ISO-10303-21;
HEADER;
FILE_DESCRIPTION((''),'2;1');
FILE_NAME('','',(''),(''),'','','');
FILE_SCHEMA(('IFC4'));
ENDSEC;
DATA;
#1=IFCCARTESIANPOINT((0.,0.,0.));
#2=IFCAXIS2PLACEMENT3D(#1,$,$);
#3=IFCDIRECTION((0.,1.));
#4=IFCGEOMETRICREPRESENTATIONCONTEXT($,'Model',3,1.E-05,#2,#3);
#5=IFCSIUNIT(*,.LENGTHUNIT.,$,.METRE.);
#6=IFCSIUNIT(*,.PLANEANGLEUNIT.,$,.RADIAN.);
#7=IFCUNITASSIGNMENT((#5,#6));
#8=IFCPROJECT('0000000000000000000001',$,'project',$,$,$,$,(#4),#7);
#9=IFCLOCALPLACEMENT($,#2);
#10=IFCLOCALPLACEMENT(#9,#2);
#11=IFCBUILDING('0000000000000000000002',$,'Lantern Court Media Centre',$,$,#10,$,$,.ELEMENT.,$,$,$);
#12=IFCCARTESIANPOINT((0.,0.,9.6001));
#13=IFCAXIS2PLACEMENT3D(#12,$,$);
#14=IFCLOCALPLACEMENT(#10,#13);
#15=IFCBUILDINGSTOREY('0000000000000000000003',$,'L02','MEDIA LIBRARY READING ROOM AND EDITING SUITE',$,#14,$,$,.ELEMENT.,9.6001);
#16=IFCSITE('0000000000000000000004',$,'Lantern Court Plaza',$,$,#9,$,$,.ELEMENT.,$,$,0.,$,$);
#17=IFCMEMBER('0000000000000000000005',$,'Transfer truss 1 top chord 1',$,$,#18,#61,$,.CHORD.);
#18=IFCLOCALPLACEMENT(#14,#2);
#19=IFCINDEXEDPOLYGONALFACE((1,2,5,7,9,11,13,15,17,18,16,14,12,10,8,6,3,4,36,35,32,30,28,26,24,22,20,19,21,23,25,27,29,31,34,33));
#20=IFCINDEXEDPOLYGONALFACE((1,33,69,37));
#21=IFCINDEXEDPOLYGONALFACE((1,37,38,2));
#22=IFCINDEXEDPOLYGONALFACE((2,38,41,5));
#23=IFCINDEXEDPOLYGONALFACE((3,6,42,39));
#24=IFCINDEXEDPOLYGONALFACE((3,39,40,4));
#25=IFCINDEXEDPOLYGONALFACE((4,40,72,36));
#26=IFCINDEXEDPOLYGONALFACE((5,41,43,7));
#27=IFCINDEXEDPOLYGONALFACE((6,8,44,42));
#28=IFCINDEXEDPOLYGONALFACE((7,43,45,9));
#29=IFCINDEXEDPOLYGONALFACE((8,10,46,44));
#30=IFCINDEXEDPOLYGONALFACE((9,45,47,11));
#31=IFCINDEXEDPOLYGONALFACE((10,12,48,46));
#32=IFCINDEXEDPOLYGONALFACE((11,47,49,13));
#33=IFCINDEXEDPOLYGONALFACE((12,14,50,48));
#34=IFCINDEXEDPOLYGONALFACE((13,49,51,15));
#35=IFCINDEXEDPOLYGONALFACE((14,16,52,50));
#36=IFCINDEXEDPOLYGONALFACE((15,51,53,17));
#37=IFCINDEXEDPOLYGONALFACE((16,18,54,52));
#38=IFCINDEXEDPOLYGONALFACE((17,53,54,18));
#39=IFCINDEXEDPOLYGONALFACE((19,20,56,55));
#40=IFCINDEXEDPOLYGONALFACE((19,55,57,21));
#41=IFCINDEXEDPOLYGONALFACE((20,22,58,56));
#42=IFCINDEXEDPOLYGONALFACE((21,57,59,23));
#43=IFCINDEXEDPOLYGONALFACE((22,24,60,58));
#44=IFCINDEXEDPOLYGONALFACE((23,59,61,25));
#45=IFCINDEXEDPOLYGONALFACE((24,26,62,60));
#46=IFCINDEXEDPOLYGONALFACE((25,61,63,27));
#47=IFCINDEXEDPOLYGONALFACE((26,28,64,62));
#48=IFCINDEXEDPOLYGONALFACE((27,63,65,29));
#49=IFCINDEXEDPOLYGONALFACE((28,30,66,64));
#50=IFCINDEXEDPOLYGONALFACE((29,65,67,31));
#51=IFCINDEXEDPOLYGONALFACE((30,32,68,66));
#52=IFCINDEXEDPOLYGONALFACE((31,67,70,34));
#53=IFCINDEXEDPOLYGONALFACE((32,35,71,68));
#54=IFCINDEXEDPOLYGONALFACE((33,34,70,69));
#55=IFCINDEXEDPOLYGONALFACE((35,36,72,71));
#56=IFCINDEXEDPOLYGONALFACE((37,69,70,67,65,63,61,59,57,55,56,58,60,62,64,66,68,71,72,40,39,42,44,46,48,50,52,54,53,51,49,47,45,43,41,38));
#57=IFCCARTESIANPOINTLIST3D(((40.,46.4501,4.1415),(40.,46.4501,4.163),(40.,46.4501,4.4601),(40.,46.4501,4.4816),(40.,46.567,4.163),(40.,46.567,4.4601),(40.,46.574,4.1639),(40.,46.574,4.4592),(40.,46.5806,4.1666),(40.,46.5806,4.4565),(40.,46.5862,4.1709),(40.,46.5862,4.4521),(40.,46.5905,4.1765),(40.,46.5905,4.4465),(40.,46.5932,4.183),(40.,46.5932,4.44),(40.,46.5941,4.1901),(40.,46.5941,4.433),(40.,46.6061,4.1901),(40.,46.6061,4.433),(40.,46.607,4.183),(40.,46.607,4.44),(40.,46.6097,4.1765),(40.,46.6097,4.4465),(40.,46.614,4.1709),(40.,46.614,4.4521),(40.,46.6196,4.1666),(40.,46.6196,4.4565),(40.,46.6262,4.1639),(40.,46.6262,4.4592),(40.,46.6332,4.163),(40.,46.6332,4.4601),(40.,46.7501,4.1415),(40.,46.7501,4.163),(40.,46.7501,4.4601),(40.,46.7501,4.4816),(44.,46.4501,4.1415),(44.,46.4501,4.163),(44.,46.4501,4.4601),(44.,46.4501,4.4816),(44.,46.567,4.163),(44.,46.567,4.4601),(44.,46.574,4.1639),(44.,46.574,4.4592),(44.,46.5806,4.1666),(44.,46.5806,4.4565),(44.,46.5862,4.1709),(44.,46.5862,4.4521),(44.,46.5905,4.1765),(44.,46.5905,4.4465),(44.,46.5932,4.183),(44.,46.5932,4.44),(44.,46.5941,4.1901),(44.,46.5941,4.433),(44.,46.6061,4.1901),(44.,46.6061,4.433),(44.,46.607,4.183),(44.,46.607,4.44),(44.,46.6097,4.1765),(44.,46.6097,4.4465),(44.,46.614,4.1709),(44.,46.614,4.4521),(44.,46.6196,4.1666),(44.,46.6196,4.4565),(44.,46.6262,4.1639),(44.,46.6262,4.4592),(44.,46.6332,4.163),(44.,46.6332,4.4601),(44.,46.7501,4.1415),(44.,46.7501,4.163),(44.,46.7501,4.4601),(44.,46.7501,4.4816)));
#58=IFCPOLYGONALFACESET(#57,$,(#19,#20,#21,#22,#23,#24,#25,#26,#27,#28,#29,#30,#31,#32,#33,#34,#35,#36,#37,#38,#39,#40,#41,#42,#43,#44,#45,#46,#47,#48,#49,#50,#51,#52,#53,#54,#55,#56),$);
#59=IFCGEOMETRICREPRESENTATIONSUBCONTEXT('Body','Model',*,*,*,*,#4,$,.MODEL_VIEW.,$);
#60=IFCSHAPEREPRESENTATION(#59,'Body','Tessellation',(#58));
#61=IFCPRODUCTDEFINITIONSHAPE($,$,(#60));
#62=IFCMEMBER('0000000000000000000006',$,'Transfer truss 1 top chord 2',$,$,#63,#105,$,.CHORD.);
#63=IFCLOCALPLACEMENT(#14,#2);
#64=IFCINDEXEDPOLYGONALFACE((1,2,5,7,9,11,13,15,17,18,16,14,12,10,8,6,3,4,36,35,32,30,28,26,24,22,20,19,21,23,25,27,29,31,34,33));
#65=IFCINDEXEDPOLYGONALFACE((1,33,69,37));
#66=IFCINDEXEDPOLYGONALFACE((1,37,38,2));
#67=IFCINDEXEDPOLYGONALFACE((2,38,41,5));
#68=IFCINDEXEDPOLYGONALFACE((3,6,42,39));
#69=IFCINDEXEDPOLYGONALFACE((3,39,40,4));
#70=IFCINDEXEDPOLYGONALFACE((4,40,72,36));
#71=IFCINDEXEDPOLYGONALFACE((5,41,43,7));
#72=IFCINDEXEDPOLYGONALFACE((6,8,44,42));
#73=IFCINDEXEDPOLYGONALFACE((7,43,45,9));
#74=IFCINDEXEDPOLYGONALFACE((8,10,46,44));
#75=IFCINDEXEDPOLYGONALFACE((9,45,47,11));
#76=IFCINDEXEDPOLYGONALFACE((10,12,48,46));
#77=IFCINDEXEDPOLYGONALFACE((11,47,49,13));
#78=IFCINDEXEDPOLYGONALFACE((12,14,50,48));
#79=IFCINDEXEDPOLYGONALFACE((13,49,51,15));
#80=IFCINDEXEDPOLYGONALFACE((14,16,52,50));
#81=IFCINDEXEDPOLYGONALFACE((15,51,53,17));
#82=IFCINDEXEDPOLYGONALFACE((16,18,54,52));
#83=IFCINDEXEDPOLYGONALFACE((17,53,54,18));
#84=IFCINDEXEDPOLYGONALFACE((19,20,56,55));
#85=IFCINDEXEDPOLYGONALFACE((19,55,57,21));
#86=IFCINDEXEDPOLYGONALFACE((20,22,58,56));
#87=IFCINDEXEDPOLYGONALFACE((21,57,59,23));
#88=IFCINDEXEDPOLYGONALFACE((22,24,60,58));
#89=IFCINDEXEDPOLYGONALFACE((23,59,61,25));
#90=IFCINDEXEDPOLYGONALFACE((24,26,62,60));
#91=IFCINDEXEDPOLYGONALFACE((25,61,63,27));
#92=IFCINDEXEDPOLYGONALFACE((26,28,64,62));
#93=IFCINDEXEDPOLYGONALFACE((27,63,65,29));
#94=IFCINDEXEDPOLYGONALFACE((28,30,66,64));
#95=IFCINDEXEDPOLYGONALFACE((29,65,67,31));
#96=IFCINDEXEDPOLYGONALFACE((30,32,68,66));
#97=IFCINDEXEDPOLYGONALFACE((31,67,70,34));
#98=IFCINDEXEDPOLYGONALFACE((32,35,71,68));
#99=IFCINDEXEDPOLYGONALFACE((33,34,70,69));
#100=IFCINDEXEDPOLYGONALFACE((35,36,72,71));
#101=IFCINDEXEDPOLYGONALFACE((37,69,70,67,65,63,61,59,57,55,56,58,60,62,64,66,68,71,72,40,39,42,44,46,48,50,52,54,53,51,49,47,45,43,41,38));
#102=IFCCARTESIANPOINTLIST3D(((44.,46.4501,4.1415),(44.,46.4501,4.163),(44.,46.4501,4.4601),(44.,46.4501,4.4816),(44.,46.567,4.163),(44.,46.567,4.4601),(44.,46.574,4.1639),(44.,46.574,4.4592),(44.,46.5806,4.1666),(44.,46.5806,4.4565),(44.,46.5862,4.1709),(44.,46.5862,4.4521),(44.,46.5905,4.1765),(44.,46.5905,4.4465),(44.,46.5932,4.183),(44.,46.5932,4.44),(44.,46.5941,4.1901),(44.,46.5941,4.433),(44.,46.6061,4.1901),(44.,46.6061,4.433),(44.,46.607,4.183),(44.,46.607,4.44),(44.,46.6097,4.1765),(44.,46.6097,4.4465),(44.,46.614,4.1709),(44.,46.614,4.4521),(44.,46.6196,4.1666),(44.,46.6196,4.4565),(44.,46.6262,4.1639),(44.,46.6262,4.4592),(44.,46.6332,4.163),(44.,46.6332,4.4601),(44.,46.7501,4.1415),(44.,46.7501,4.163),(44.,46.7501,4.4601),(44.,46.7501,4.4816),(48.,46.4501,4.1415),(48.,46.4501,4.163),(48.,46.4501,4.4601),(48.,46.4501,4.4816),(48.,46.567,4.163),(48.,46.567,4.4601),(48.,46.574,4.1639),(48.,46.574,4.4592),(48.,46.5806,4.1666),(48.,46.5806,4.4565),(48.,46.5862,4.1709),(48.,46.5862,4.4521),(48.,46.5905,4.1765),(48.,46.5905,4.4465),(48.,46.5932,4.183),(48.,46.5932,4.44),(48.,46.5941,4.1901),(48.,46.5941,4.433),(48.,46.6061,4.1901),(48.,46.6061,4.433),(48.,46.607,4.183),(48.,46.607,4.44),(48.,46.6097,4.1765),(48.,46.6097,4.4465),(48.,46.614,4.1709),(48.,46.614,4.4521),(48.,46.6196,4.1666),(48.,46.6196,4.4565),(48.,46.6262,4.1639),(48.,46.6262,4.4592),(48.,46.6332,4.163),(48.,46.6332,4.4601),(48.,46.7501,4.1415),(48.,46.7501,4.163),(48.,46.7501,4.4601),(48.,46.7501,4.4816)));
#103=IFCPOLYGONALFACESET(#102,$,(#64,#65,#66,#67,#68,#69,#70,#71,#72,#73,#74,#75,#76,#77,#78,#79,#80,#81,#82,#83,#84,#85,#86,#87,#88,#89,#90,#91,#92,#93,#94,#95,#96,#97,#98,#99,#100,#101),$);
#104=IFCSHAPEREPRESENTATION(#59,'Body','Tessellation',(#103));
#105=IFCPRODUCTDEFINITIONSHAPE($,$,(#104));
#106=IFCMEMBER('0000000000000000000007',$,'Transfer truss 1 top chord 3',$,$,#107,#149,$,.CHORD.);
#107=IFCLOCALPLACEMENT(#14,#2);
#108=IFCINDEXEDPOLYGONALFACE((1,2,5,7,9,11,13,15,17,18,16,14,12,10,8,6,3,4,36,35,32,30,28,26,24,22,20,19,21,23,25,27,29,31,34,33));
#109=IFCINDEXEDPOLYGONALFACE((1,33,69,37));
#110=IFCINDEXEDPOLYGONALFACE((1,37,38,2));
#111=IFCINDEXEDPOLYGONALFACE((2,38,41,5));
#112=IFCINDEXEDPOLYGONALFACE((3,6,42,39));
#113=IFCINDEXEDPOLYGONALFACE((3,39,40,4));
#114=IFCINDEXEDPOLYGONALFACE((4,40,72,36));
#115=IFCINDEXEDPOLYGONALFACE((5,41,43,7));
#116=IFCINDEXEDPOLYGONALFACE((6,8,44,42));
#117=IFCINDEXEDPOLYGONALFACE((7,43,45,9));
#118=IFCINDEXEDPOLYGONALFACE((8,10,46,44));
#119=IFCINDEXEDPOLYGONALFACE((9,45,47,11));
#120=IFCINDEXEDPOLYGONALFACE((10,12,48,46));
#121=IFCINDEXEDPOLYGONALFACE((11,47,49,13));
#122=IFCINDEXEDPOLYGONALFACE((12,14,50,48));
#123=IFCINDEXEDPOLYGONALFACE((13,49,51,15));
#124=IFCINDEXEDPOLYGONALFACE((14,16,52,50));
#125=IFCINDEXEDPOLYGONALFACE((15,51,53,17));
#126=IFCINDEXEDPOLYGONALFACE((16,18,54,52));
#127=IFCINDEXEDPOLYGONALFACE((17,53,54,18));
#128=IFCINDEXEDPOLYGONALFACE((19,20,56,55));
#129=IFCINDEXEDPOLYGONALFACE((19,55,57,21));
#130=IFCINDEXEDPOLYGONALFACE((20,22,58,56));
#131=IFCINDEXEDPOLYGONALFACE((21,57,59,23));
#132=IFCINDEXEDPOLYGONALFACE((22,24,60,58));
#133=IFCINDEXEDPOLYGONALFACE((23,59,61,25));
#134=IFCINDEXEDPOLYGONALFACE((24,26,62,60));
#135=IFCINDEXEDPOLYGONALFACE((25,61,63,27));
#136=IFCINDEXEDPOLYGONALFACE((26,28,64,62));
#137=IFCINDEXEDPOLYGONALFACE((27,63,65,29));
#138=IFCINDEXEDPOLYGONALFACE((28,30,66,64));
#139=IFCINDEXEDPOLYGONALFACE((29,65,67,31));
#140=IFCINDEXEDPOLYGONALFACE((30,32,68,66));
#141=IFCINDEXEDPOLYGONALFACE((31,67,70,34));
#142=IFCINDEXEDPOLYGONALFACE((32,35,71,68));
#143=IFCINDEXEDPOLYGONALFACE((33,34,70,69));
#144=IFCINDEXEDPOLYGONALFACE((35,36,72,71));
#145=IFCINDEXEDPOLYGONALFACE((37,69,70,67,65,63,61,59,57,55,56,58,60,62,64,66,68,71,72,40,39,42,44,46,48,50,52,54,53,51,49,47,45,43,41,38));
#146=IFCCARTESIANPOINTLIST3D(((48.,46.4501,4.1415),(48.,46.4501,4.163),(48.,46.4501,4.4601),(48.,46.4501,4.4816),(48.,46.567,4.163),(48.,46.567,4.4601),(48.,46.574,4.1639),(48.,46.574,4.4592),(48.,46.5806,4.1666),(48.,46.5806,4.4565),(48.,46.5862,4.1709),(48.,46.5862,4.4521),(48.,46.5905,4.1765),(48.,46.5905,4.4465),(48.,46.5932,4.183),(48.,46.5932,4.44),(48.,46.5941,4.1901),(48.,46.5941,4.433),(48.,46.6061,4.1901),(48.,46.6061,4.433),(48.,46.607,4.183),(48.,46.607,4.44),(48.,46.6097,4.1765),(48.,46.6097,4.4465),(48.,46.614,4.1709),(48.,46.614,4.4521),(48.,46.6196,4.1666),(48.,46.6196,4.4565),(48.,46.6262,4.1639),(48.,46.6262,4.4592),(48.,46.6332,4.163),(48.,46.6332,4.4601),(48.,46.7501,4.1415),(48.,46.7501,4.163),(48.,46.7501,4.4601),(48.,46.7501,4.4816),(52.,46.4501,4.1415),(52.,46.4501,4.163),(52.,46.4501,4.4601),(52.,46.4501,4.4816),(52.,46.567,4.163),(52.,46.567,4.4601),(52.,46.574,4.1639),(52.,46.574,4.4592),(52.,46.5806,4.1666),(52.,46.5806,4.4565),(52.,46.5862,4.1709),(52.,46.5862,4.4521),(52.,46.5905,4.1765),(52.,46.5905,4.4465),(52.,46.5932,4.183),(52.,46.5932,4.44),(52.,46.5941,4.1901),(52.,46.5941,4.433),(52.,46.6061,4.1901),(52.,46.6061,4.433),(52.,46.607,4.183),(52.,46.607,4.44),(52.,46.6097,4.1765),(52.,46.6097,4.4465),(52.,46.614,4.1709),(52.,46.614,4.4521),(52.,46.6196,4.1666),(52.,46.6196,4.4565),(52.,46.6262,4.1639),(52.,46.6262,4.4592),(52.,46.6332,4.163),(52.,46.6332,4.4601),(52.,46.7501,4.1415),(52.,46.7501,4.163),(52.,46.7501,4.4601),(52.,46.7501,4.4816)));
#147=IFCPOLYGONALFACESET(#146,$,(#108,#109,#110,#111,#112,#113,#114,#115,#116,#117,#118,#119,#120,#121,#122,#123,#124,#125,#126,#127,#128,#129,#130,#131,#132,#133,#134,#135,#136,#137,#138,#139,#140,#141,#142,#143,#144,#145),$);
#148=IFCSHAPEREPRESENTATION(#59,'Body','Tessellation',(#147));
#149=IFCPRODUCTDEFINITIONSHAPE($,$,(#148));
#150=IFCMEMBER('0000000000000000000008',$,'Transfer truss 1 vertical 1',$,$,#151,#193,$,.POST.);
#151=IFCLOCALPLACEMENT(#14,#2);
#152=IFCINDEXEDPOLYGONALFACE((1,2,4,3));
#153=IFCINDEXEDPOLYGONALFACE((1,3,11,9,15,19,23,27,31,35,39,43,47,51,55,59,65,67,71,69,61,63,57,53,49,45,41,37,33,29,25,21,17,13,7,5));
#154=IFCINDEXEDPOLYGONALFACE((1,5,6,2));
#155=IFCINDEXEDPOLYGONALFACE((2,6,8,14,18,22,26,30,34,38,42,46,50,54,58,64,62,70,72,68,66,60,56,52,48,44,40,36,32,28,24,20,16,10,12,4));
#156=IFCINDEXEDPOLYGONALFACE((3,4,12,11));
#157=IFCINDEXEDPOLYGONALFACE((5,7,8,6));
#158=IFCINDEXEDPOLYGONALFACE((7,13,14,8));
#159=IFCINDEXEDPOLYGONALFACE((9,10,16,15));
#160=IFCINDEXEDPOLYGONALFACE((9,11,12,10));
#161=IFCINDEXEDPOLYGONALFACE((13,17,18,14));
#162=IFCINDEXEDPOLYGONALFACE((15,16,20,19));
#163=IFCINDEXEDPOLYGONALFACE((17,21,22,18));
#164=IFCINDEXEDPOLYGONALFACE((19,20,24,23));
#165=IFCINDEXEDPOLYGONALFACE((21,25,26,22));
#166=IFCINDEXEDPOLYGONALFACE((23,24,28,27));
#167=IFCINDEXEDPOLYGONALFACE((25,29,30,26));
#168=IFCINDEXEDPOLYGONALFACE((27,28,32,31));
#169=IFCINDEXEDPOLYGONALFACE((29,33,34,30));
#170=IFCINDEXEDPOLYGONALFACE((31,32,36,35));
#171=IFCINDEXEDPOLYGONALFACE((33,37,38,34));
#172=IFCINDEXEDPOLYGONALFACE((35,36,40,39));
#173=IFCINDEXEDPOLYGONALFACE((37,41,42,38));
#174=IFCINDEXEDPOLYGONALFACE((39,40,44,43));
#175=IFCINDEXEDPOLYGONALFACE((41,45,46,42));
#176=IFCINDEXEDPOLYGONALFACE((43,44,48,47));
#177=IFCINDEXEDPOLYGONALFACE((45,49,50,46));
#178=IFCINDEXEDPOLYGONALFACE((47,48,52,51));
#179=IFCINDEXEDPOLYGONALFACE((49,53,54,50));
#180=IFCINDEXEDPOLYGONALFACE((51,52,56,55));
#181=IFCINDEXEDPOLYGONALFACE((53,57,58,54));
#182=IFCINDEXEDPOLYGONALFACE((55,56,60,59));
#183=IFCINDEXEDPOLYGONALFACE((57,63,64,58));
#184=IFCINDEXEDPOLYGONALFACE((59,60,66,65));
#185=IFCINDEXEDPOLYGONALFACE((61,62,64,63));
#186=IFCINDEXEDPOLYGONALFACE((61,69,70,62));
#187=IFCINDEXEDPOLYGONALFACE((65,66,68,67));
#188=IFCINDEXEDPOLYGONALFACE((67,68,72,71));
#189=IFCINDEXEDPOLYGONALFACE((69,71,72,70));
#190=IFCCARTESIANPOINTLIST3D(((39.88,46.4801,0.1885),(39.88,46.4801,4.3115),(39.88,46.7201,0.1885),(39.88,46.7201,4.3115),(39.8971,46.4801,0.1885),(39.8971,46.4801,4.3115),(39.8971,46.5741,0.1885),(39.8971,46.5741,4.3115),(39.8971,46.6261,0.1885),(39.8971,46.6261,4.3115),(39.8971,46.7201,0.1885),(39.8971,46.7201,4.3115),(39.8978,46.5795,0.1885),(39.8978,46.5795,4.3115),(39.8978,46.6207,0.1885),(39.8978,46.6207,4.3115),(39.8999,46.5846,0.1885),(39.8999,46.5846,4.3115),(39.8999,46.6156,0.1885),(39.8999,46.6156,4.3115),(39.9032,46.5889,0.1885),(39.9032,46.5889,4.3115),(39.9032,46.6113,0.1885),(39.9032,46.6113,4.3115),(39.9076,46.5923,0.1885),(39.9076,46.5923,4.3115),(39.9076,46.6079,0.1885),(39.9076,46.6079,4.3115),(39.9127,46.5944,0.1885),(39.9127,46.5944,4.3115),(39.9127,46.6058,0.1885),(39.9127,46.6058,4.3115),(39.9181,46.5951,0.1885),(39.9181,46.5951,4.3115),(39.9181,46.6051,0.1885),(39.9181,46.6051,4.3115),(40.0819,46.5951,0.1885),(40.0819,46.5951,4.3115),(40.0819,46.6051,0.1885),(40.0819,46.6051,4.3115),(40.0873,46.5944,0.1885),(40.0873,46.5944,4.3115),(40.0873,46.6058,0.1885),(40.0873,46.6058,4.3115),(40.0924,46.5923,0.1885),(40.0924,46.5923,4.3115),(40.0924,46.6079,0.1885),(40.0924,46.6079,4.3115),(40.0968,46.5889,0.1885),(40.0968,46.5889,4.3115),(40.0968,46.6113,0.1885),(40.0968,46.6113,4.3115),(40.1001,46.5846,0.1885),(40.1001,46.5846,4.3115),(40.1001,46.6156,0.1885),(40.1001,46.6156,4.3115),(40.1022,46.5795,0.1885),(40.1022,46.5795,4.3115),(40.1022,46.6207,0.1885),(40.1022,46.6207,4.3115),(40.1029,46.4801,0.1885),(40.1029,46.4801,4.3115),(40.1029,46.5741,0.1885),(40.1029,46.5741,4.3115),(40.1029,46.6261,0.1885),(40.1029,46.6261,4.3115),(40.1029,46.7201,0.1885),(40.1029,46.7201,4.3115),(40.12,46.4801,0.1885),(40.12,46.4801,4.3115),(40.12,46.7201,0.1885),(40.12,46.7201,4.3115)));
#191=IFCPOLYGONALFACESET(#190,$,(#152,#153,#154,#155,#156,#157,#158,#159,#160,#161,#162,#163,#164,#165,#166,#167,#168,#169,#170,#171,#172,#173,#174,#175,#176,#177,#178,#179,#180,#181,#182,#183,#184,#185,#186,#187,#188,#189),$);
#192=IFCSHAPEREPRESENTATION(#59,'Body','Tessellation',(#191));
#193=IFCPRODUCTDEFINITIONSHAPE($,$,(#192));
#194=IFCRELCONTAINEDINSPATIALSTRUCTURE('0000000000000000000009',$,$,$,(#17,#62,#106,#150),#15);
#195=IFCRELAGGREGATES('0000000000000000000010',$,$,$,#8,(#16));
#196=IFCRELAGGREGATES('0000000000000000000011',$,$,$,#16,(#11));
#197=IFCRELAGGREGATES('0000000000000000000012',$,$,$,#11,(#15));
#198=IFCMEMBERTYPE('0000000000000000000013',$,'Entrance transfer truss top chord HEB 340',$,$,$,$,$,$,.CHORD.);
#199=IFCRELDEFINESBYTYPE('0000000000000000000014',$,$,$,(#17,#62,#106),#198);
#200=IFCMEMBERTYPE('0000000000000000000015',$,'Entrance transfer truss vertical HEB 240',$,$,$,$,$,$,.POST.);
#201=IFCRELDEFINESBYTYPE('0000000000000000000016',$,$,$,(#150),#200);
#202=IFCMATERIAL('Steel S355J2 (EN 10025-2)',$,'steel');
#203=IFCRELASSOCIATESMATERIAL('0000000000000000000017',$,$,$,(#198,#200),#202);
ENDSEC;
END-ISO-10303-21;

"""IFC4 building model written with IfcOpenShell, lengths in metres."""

from ifc_helpers import new_model, si_unit, direction, frame, origin, origin_2d, place, context, subcontext, project, spatial, i_section, extrude, material, material_profile, profile_set, type_object, element, save


model = new_model("IFC4")

# Units and contexts
model_context = context("Model", 3, precision=1e-05, world=origin(), true_north=direction((0.0, 1.0)))
body_context = subcontext(model_context, "Body", "Model", "MODEL_VIEW")
ifc_project = project(units=[si_unit("LENGTHUNIT", "METRE"), si_unit("PLANEANGLEUNIT", "RADIAN")], contexts=[model_context])

# Site, building, storey
site_placement = place(None, origin())
site = spatial("IfcSite", under=ifc_project, at=site_placement, Name="Lantern Court Plaza", CompositionType="ELEMENT", RefElevation=0.0)
building_placement = place(site_placement, origin())
building = spatial("IfcBuilding", under=site, at=building_placement, Name="Lantern Court Media Centre", CompositionType="ELEMENT")
storey_placement = place(building_placement, frame((0.0, 0.0, 9.6001)))
storey = spatial("IfcBuildingStorey", under=building, at=storey_placement, Name="L02", Description="MEDIA LIBRARY READING ROOM AND EDITING SUITE", CompositionType="ELEMENT", Elevation=9.6001)

# Members
ifc_material_1 = material(Name="Steel S355J2 (EN 10025-2)", Category="steel")
ifc_material_profile_1 = material_profile(ifc_material_1, i_section(OverallWidth=0.3, OverallDepth=0.3401, WebThickness=0.012, FlangeThickness=0.0215, FilletRadius=0.0271, at=origin_2d()), Name="HEB 340")
ifc_profile_set_1 = profile_set([ifc_material_profile_1], Name="Steel S355J2 (EN 10025-2)")
member_type_1 = type_object("IfcMemberType", Name="Entrance transfer truss top chord HEB 340", PredefinedType="CHORD", material=ifc_profile_set_1)
for number, where, z_axis, x_axis, name in (
    (1, (40.0, 46.6001, 4.3115), (1.0, 0.0, 0.0), (0.0, 1.0, 0.0), "Transfer truss 1 top chord 1"),
    (2, (44.0, 46.6001, 4.3115), (1.0, 0.0, 0.0), (0.0, 1.0, 0.0), "Transfer truss 1 top chord 2"),
    (3, (48.0, 46.6001, 4.3115), (1.0, 0.0, 0.0), (0.0, 1.0, 0.0), "Transfer truss 1 top chord 3"),
):
    element("IfcMember", number, at=place(storey_placement, frame(where, z_axis=z_axis, x_axis=x_axis)), inside=storey, type_object=member_type_1, Name=name, PredefinedType="CHORD", context=body_context, shape_type="SweptSolid", body=[
        extrude(i_section(OverallWidth=0.3, OverallDepth=0.3401, WebThickness=0.012, FlangeThickness=0.0215, FilletRadius=0.0271, at=origin_2d()), origin(), (0.0, 0.0, 1.0), 4.0),
    ])
ifc_material_profile_2 = material_profile(ifc_material_1, i_section(OverallWidth=0.24, OverallDepth=0.24, WebThickness=0.01, FlangeThickness=0.0171, FilletRadius=0.021, at=origin_2d()), Name="HEB 240")
ifc_profile_set_2 = profile_set([ifc_material_profile_2], Name="Steel S355J2 (EN 10025-2)")
member_type_2 = type_object("IfcMemberType", Name="Entrance transfer truss vertical HEB 240", PredefinedType="POST", material=ifc_profile_set_2)
for number, where, z_axis, x_axis, name in (
    (4, (40.0, 46.6001, 0.1885), (0.0, 0.0, 1.0), (0.0, 1.0, 0.0), "Transfer truss 1 vertical 1"),
):
    element("IfcMember", number, at=place(storey_placement, frame(where, z_axis=z_axis, x_axis=x_axis)), inside=storey, type_object=member_type_2, Name=name, PredefinedType="POST", context=body_context, shape_type="SweptSolid", body=[
        extrude(i_section(OverallWidth=0.24, OverallDepth=0.24, WebThickness=0.01, FlangeThickness=0.0171, FilletRadius=0.021, at=origin_2d()), origin(), (0.0, 0.0, 1.0), 4.123),
    ])

save(model, "model.ifc")
